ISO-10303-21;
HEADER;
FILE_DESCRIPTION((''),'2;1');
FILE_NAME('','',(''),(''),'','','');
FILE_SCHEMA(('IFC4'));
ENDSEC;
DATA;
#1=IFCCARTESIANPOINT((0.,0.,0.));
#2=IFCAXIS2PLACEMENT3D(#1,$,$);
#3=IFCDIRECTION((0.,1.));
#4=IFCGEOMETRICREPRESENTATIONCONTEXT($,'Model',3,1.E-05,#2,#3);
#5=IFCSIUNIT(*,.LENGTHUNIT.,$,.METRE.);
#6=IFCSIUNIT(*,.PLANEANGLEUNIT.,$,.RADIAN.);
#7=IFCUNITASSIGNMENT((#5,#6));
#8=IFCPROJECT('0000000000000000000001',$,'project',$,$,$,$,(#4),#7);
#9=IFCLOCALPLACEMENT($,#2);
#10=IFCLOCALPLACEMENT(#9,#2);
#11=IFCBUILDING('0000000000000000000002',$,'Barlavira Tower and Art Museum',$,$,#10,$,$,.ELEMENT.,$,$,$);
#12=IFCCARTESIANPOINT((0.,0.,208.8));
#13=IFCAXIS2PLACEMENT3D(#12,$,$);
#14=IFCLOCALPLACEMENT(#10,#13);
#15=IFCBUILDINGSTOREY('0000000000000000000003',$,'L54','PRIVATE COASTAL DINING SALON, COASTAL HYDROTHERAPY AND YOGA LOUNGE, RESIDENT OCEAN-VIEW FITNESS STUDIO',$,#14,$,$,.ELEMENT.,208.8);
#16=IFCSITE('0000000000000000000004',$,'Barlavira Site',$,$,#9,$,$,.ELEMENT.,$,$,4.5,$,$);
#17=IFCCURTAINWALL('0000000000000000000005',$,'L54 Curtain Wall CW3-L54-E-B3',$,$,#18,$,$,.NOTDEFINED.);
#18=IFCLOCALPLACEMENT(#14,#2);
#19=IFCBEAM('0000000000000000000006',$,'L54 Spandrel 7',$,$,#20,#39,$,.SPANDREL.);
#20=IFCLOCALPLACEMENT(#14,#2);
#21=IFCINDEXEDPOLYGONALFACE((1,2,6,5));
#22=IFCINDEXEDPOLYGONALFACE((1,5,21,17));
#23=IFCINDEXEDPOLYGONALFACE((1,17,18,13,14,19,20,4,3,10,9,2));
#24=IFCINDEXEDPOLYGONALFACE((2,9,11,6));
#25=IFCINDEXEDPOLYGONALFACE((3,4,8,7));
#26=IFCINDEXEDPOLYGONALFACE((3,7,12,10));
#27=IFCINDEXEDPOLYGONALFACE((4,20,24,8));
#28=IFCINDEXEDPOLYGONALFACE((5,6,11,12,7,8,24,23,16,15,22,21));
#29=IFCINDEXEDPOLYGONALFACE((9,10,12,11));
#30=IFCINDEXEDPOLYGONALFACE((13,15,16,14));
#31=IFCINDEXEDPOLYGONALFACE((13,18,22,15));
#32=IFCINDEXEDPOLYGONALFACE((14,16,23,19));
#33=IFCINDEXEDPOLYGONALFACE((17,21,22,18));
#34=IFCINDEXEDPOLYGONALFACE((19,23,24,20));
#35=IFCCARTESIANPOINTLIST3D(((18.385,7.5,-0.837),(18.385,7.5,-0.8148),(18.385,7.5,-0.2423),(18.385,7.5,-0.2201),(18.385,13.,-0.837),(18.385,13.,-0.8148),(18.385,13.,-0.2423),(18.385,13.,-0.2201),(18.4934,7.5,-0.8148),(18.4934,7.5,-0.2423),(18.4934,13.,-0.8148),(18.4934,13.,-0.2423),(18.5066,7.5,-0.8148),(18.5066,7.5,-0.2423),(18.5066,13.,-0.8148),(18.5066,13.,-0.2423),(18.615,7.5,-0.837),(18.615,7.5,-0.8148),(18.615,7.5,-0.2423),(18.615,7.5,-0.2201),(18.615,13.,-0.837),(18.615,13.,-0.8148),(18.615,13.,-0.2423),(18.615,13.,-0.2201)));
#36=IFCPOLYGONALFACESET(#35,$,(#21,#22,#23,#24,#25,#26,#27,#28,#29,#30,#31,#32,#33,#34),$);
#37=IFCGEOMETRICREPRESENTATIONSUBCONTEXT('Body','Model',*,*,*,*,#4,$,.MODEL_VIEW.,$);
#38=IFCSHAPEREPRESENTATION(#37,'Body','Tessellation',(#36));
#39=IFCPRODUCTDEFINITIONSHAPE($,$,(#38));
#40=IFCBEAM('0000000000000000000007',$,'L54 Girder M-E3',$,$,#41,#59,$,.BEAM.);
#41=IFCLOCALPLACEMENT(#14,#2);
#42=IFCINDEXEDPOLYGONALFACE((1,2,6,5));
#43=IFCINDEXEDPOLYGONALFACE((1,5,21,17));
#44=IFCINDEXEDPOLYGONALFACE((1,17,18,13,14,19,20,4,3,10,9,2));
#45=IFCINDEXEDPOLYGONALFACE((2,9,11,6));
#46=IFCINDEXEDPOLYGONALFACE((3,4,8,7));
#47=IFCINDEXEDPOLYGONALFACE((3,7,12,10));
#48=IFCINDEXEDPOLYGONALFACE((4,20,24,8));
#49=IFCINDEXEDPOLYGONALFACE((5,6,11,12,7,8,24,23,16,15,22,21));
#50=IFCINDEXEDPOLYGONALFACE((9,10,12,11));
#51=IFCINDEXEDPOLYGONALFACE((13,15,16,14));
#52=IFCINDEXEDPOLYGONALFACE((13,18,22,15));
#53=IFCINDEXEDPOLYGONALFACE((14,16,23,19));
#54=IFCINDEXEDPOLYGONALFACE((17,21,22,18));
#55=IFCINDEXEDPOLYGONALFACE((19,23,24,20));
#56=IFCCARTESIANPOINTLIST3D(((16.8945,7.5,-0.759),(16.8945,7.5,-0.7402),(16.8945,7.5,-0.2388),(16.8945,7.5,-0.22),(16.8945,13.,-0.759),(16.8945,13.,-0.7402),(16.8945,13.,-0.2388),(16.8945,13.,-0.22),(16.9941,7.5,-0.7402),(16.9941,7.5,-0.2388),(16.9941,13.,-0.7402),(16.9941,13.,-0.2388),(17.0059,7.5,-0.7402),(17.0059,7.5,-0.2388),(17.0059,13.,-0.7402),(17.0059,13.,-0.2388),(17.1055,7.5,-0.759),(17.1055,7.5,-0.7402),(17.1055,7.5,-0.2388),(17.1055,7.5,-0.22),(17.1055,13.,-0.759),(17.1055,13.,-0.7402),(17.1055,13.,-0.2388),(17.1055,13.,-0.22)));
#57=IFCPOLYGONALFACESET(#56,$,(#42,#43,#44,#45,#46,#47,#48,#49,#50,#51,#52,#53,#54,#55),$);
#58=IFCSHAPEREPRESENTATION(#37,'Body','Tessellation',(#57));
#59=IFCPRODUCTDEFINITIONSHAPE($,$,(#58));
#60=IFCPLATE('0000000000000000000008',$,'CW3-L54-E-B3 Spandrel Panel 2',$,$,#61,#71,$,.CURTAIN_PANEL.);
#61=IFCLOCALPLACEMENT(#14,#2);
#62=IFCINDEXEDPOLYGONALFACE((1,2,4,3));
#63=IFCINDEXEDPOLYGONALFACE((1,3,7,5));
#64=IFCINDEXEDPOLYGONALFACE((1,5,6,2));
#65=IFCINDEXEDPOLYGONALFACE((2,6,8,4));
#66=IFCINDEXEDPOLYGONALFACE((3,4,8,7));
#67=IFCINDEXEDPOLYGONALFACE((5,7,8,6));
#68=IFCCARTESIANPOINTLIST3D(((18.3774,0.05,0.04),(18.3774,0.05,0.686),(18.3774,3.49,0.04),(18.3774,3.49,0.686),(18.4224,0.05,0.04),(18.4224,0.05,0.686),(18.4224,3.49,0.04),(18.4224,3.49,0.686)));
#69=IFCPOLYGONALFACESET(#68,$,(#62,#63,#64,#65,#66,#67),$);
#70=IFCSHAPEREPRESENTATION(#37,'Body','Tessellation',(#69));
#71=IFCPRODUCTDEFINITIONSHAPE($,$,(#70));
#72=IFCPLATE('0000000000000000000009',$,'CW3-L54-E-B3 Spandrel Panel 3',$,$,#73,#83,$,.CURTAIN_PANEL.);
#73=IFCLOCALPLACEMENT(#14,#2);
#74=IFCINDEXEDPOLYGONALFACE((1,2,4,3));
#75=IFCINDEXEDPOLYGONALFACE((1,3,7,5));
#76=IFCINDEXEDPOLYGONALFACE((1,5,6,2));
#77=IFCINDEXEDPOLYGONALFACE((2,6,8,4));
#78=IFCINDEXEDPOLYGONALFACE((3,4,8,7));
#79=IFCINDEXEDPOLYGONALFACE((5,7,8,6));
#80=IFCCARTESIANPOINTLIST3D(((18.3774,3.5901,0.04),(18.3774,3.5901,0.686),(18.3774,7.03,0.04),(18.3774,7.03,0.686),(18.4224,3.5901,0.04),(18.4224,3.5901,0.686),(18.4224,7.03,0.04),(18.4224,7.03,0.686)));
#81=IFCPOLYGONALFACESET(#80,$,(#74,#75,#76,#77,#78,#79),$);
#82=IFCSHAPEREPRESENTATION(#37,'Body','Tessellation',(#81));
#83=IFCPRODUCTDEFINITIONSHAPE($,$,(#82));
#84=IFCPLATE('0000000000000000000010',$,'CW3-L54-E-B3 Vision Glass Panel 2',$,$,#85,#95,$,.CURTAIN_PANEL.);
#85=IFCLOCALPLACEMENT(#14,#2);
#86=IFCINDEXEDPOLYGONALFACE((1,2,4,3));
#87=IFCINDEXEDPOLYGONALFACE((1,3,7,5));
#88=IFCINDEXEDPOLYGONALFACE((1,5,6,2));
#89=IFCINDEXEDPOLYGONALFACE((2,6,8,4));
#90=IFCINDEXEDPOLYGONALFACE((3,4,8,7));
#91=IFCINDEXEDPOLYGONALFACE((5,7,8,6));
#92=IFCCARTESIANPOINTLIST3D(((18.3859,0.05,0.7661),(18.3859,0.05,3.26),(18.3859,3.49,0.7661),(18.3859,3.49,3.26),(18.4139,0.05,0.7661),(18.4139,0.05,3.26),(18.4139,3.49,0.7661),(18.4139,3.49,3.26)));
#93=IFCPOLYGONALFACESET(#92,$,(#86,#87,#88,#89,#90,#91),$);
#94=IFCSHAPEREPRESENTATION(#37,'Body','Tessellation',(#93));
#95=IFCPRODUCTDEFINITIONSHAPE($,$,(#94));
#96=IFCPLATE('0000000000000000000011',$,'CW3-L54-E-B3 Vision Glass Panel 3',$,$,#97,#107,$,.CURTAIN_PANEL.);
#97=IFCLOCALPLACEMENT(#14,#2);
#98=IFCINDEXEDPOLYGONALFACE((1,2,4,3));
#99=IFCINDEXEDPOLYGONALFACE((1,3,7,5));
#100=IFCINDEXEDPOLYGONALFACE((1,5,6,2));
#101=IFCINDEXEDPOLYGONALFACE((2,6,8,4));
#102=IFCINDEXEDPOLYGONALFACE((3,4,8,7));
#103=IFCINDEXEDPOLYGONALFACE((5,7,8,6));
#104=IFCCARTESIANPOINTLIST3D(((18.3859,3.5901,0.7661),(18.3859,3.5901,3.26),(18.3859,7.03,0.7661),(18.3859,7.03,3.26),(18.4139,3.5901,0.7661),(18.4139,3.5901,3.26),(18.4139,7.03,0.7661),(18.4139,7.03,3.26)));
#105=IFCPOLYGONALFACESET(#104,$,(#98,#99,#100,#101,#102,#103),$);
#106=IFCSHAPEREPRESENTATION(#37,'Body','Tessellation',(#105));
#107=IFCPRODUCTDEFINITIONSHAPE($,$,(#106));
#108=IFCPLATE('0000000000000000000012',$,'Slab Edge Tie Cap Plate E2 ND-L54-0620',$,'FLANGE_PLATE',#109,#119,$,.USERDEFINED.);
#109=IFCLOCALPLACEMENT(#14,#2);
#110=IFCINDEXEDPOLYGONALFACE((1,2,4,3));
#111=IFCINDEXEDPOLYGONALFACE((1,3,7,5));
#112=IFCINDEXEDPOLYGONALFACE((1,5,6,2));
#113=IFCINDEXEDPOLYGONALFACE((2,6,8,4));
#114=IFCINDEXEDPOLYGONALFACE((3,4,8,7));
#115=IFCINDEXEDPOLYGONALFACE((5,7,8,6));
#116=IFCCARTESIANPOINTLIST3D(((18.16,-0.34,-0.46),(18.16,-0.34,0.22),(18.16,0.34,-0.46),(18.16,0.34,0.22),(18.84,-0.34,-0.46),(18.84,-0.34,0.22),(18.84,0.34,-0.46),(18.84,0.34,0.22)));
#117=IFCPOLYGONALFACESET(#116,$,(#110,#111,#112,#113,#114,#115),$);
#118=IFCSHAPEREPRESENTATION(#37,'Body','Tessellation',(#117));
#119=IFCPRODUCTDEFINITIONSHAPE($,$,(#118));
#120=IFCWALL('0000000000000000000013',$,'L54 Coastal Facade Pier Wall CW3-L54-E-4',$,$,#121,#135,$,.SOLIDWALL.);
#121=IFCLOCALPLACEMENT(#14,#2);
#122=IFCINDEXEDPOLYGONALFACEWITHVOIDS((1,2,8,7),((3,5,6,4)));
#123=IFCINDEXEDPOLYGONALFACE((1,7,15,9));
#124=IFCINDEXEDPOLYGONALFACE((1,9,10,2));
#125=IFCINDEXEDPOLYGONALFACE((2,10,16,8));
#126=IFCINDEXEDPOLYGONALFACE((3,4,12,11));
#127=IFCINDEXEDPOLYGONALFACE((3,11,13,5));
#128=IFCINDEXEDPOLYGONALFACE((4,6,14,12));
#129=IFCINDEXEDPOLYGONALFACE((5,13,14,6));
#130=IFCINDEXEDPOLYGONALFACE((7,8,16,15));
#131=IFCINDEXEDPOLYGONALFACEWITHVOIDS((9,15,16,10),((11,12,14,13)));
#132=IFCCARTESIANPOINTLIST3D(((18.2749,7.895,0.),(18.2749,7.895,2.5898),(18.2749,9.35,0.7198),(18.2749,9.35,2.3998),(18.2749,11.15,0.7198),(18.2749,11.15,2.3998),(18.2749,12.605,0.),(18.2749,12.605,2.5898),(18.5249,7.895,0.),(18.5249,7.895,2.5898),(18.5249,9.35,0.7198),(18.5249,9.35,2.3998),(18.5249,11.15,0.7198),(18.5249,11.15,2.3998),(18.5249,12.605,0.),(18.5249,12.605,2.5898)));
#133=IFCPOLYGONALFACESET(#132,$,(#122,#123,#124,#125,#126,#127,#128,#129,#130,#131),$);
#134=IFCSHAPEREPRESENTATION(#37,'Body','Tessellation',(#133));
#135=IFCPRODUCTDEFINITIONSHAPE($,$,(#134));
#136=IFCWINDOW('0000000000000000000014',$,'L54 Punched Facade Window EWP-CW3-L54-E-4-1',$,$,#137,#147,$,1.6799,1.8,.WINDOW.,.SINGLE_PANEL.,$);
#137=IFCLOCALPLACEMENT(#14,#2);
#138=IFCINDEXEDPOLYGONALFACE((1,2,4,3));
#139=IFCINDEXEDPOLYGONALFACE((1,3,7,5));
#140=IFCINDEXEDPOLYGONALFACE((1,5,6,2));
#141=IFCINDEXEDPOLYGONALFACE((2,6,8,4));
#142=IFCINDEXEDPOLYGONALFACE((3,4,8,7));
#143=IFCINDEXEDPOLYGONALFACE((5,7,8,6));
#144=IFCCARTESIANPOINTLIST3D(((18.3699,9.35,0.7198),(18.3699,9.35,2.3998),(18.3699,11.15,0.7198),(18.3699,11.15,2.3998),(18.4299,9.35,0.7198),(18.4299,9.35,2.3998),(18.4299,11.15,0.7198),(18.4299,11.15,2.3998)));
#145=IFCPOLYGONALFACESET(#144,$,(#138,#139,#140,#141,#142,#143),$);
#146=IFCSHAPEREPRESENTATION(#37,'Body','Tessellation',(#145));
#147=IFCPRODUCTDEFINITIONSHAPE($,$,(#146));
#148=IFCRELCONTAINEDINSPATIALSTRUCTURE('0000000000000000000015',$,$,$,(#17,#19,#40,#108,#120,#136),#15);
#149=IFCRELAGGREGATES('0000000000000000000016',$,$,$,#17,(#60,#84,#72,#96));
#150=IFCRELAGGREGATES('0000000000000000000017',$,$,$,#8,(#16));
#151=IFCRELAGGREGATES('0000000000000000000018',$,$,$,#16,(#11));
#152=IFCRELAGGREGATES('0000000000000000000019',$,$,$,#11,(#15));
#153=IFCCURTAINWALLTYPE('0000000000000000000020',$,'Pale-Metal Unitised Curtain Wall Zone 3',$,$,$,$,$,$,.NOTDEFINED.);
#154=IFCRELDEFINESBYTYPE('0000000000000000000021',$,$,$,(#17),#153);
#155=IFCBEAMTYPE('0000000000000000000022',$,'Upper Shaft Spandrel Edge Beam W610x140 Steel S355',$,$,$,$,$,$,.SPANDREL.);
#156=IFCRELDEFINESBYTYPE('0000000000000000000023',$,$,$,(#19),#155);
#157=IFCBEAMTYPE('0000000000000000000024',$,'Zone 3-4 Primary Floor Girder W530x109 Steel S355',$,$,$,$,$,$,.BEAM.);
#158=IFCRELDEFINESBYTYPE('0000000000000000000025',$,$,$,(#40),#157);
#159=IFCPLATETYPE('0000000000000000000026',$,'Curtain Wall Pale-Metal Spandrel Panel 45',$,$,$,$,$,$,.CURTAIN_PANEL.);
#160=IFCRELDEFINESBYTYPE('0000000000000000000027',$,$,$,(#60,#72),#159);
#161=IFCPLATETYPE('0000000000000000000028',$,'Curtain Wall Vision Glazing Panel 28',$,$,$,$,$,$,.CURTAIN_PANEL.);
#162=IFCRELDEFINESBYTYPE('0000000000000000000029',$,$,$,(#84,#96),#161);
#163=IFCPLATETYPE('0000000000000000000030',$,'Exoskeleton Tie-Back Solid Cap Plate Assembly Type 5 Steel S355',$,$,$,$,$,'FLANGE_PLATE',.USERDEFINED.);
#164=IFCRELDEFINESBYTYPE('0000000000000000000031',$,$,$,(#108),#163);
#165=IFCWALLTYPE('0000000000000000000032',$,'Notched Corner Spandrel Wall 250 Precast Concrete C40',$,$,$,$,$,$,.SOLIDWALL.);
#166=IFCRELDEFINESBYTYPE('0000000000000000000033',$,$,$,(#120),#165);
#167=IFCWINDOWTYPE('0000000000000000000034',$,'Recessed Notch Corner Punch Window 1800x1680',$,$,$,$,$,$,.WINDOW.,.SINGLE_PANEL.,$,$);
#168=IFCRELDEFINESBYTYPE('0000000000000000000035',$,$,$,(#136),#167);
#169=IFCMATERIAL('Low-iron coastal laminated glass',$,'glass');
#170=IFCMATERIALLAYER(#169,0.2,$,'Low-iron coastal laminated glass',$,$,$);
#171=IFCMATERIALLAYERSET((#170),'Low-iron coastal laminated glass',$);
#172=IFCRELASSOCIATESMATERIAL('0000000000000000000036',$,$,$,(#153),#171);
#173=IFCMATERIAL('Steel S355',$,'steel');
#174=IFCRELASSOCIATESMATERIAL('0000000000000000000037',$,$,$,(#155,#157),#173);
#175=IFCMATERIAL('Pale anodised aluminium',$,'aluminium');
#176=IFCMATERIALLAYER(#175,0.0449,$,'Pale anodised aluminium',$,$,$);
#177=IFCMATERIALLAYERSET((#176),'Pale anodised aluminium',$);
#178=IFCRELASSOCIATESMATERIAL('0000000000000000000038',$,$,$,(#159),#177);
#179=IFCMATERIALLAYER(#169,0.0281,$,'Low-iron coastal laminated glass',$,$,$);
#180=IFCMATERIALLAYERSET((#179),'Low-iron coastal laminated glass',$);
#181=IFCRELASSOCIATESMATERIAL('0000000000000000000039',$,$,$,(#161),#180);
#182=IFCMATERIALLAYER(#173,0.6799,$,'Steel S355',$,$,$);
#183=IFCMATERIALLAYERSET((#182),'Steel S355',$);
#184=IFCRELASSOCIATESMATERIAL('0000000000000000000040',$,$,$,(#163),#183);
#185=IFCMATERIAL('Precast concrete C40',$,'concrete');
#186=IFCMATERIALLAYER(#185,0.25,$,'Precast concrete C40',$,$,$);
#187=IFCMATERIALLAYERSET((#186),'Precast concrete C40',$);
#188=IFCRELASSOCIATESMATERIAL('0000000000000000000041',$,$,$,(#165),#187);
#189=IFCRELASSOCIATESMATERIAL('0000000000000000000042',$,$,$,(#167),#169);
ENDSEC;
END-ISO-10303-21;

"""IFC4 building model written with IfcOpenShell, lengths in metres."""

from ifc_helpers import new_model, si_unit, direction, frame, frame_2d, origin, origin_2d, place, context, subcontext, project, spatial, rectangle, i_section, extrude, material, layer, layer_set, material_profile, profile_set, type_object, element, fill, aggregate, save


model = new_model("IFC4")

# Units and contexts
model_context = context("Model", 3, precision=1e-05, world=origin(), true_north=direction((0.0, 1.0)))
body_context = subcontext(model_context, "Body", "Model", "MODEL_VIEW")
ifc_project = project(units=[si_unit("LENGTHUNIT", "METRE"), si_unit("PLANEANGLEUNIT", "RADIAN")], contexts=[model_context])

# Site, building, storey
site_placement = place(None, origin())
site = spatial("IfcSite", under=ifc_project, at=site_placement, Name="Barlavira Site", CompositionType="ELEMENT", RefElevation=4.5)
building_placement = place(site_placement, origin())
building = spatial("IfcBuilding", under=site, at=building_placement, Name="Barlavira Tower and Art Museum", CompositionType="ELEMENT")
storey_placement = place(building_placement, frame((0.0, 0.0, 208.8)))
storey = spatial("IfcBuildingStorey", under=building, at=storey_placement, Name="L54", Description="PRIVATE COASTAL DINING SALON, COASTAL HYDROTHERAPY AND YOGA LOUNGE, RESIDENT OCEAN-VIEW FITNESS STUDIO", CompositionType="ELEMENT", Elevation=208.8)

# Curtain wall
ifc_material_1 = material(Name="Low-iron coastal laminated glass", Category="glass")
ifc_layer_1 = layer(ifc_material_1, 0.2, Name="Low-iron coastal laminated glass")
ifc_layer_set_1 = layer_set([ifc_layer_1], Name="Low-iron coastal laminated glass")
curtain_wall_type = type_object("IfcCurtainWallType", Name="Pale-Metal Unitised Curtain Wall Zone 3", PredefinedType="NOTDEFINED", material=ifc_layer_set_1)
curtain_wall_placement = place(storey_placement, origin())
curtain_wall = element("IfcCurtainWall", 1, at=curtain_wall_placement, inside=storey, type_object=curtain_wall_type, Name="L54 Curtain Wall CW3-L54-E-B3", PredefinedType="NOTDEFINED")
ifc_material_2 = material(Name="Pale anodised aluminium", Category="aluminium")

# Shared definitions
ifc_material_3 = material(Name="Steel S355", Category="steel")

# Beams
ifc_material_profile_1 = material_profile(ifc_material_3, i_section(OverallWidth=0.23, OverallDepth=0.6169, WebThickness=0.0132, FlangeThickness=0.0222, at=origin_2d()), Name="W610x140.0")
ifc_profile_set_1 = profile_set([ifc_material_profile_1], Name="Steel S355")
beam_type_1 = type_object("IfcBeamType", Name="Upper Shaft Spandrel Edge Beam W610x140 Steel S355", PredefinedType="SPANDREL", material=ifc_profile_set_1)
beam_1_placement = place(storey_placement, frame((18.5, 7.5, -0.5286), z_axis=(0.0, 1.0, 0.0), x_axis=(-1.0, 0.0, 0.0)))
element("IfcBeam", 2, at=beam_1_placement, inside=storey, type_object=beam_type_1, Name="L54 Spandrel 7", PredefinedType="SPANDREL", context=body_context, shape_type="SweptSolid", body=[
    extrude(i_section(OverallWidth=0.23, OverallDepth=0.6169, WebThickness=0.0132, FlangeThickness=0.0222, at=origin_2d()), origin(), (0.0, 0.0, 1.0), 5.5),
])
ifc_material_profile_2 = material_profile(ifc_material_3, i_section(OverallWidth=0.2109, OverallDepth=0.5391, WebThickness=0.0117, FlangeThickness=0.0188, at=origin_2d()), Name="W530x109.0")
ifc_profile_set_2 = profile_set([ifc_material_profile_2], Name="Steel S355")
beam_type_2 = type_object("IfcBeamType", Name="Zone 3-4 Primary Floor Girder W530x109 Steel S355", PredefinedType="BEAM", material=ifc_profile_set_2)
beam_2_placement = place(storey_placement, frame((17.0, 7.5, -0.4895), z_axis=(0.0, 1.0, 0.0), x_axis=(-1.0, 0.0, 0.0)))
element("IfcBeam", 3, at=beam_2_placement, inside=storey, type_object=beam_type_2, Name="L54 Girder M-E3", PredefinedType="BEAM", context=body_context, shape_type="SweptSolid", body=[
    extrude(i_section(OverallWidth=0.2109, OverallDepth=0.5391, WebThickness=0.0117, FlangeThickness=0.0188, at=origin_2d()), origin(), (0.0, 0.0, 1.0), 5.5),
])

# Plates
ifc_layer_2 = layer(ifc_material_2, 0.0449, Name="Pale anodised aluminium")
ifc_layer_set_2 = layer_set([ifc_layer_2], Name="Pale anodised aluminium")
plate_type_1 = type_object("IfcPlateType", Name="Curtain Wall Pale-Metal Spandrel Panel 45", PredefinedType="CURTAIN_PANEL", material=ifc_layer_set_2)
plate_1_placement = place(storey_placement, frame((18.3999, 1.77, 0.04), z_axis=(0.0, 0.0, 1.0), x_axis=(0.0, 1.0, 0.0)))
plate_1 = element("IfcPlate", 4, at=plate_1_placement, type_object=plate_type_1, Name="CW3-L54-E-B3 Spandrel Panel 2", PredefinedType="CURTAIN_PANEL", context=body_context, shape_type="SweptSolid", body=[
    extrude(rectangle(XDim=3.4399, YDim=0.0449, at=origin_2d()), origin(), (0.0, 0.0, 1.0), 0.646),
])
plate_2_placement = place(storey_placement, frame((18.3999, 5.3101, 0.04), z_axis=(0.0, 0.0, 1.0), x_axis=(0.0, 1.0, 0.0)))
plate_2 = element("IfcPlate", 5, at=plate_2_placement, type_object=plate_type_1, Name="CW3-L54-E-B3 Spandrel Panel 3", PredefinedType="CURTAIN_PANEL", context=body_context, shape_type="SweptSolid", body=[
    extrude(rectangle(XDim=3.4399, YDim=0.0449, at=origin_2d()), origin(), (0.0, 0.0, 1.0), 0.646),
])
ifc_layer_3 = layer(ifc_material_1, 0.0281, Name="Low-iron coastal laminated glass")
ifc_layer_set_3 = layer_set([ifc_layer_3], Name="Low-iron coastal laminated glass")
plate_type_2 = type_object("IfcPlateType", Name="Curtain Wall Vision Glazing Panel 28", PredefinedType="CURTAIN_PANEL", material=ifc_layer_set_3)
plate_3_placement = place(storey_placement, frame((18.3999, 1.77, 0.7661), z_axis=(0.0, 0.0, 1.0), x_axis=(0.0, 1.0, 0.0)))
plate_3 = element("IfcPlate", 6, at=plate_3_placement, type_object=plate_type_2, Name="CW3-L54-E-B3 Vision Glass Panel 2", PredefinedType="CURTAIN_PANEL", context=body_context, shape_type="SweptSolid", body=[
    extrude(rectangle(XDim=3.4399, YDim=0.0281, at=origin_2d()), origin(), (0.0, 0.0, 1.0), 2.4939),
])
plate_4_placement = place(storey_placement, frame((18.3999, 5.3101, 0.7661), z_axis=(0.0, 0.0, 1.0), x_axis=(0.0, 1.0, 0.0)))
plate_4 = element("IfcPlate", 7, at=plate_4_placement, type_object=plate_type_2, Name="CW3-L54-E-B3 Vision Glass Panel 3", PredefinedType="CURTAIN_PANEL", context=body_context, shape_type="SweptSolid", body=[
    extrude(rectangle(XDim=3.4399, YDim=0.0281, at=origin_2d()), origin(), (0.0, 0.0, 1.0), 2.4939),
])
aggregate(curtain_wall, [plate_1, plate_3, plate_2, plate_4])
ifc_layer_4 = layer(ifc_material_3, 0.6799, Name="Steel S355")
ifc_layer_set_4 = layer_set([ifc_layer_4], Name="Steel S355")
plate_type_3 = type_object("IfcPlateType", Name="Exoskeleton Tie-Back Solid Cap Plate Assembly Type 5 Steel S355", ElementType="FLANGE_PLATE", PredefinedType="USERDEFINED", material=ifc_layer_set_4)
plate_5_placement = place(storey_placement, frame((18.5, 0.0, -0.46), z_axis=(0.0, 0.0, 1.0), x_axis=(1.0, 0.0, 0.0)))
element("IfcPlate", 8, at=plate_5_placement, inside=storey, type_object=plate_type_3, Name="Slab Edge Tie Cap Plate E2 ND-L54-0620", ObjectType="FLANGE_PLATE", PredefinedType="USERDEFINED", context=body_context, shape_type="SweptSolid", body=[
    extrude(rectangle(XDim=0.6799, YDim=0.6799, at=origin_2d()), origin(), (0.0, 0.0, 1.0), 0.6799),
])

# Wall, opening, window
ifc_material_4 = material(Name="Precast concrete C40", Category="concrete")
ifc_layer_5 = layer(ifc_material_4, 0.25, Name="Precast concrete C40")
ifc_layer_set_5 = layer_set([ifc_layer_5], Name="Precast concrete C40")
wall_type = type_object("IfcWallType", Name="Notched Corner Spandrel Wall 250 Precast Concrete C40", PredefinedType="SOLIDWALL", material=ifc_layer_set_5)
wall_placement = place(storey_placement, frame((18.3999, 7.895, 0.0), z_axis=(0.0, 0.0, 1.0), x_axis=(0.0, 1.0, 0.0)))
wall = element("IfcWall", 9, at=wall_placement, inside=storey, type_object=wall_type, Name="L54 Coastal Facade Pier Wall CW3-L54-E-4", PredefinedType="SOLIDWALL", context=body_context, shape_type="SweptSolid", body=[
    extrude(rectangle(XDim=4.71, YDim=0.25, at=frame_2d((2.355, 0.0))), origin(), (0.0, 0.0, 1.0), 2.5898),
])
opening_placement = place(wall_placement, frame((1.4551, 0.0, 0.72)))
opening = element("IfcOpeningElement", 10, at=opening_placement, cuts=wall, PredefinedType="OPENING", context=body_context, shape_type="SweptSolid", body=[
    extrude(rectangle(XDim=1.8, YDim=1.6799, at=frame_2d((0.8999, 0.8398))), frame((0.0, 0.135, 0.0), z_axis=(0.0, -1.0, 0.0), x_axis=(1.0, 0.0, 0.0)), (0.0, 0.0, 1.0), 0.27),
])
window_type = type_object("IfcWindowType", Name="Recessed Notch Corner Punch Window 1800x1680", PartitioningType="SINGLE_PANEL", PredefinedType="WINDOW", material=ifc_material_1)
window_placement = place(opening_placement, origin())
window = element("IfcWindow", 11, at=window_placement, inside=storey, type_object=window_type, Name="L54 Punched Facade Window EWP-CW3-L54-E-4-1", OverallHeight=1.6799, OverallWidth=1.8, PartitioningType="SINGLE_PANEL", PredefinedType="WINDOW", context=body_context, shape_type="SweptSolid", body=[
    extrude(rectangle(XDim=1.8, YDim=1.6799, at=frame_2d((0.8999, 0.8398))), frame((0.0, 0.03, 0.0), z_axis=(0.0, -1.0, 0.0), x_axis=(1.0, 0.0, 0.0)), (0.0, 0.0, 1.0), 0.0601),
])
fill(opening, window)

save(model, "model.ifc")
